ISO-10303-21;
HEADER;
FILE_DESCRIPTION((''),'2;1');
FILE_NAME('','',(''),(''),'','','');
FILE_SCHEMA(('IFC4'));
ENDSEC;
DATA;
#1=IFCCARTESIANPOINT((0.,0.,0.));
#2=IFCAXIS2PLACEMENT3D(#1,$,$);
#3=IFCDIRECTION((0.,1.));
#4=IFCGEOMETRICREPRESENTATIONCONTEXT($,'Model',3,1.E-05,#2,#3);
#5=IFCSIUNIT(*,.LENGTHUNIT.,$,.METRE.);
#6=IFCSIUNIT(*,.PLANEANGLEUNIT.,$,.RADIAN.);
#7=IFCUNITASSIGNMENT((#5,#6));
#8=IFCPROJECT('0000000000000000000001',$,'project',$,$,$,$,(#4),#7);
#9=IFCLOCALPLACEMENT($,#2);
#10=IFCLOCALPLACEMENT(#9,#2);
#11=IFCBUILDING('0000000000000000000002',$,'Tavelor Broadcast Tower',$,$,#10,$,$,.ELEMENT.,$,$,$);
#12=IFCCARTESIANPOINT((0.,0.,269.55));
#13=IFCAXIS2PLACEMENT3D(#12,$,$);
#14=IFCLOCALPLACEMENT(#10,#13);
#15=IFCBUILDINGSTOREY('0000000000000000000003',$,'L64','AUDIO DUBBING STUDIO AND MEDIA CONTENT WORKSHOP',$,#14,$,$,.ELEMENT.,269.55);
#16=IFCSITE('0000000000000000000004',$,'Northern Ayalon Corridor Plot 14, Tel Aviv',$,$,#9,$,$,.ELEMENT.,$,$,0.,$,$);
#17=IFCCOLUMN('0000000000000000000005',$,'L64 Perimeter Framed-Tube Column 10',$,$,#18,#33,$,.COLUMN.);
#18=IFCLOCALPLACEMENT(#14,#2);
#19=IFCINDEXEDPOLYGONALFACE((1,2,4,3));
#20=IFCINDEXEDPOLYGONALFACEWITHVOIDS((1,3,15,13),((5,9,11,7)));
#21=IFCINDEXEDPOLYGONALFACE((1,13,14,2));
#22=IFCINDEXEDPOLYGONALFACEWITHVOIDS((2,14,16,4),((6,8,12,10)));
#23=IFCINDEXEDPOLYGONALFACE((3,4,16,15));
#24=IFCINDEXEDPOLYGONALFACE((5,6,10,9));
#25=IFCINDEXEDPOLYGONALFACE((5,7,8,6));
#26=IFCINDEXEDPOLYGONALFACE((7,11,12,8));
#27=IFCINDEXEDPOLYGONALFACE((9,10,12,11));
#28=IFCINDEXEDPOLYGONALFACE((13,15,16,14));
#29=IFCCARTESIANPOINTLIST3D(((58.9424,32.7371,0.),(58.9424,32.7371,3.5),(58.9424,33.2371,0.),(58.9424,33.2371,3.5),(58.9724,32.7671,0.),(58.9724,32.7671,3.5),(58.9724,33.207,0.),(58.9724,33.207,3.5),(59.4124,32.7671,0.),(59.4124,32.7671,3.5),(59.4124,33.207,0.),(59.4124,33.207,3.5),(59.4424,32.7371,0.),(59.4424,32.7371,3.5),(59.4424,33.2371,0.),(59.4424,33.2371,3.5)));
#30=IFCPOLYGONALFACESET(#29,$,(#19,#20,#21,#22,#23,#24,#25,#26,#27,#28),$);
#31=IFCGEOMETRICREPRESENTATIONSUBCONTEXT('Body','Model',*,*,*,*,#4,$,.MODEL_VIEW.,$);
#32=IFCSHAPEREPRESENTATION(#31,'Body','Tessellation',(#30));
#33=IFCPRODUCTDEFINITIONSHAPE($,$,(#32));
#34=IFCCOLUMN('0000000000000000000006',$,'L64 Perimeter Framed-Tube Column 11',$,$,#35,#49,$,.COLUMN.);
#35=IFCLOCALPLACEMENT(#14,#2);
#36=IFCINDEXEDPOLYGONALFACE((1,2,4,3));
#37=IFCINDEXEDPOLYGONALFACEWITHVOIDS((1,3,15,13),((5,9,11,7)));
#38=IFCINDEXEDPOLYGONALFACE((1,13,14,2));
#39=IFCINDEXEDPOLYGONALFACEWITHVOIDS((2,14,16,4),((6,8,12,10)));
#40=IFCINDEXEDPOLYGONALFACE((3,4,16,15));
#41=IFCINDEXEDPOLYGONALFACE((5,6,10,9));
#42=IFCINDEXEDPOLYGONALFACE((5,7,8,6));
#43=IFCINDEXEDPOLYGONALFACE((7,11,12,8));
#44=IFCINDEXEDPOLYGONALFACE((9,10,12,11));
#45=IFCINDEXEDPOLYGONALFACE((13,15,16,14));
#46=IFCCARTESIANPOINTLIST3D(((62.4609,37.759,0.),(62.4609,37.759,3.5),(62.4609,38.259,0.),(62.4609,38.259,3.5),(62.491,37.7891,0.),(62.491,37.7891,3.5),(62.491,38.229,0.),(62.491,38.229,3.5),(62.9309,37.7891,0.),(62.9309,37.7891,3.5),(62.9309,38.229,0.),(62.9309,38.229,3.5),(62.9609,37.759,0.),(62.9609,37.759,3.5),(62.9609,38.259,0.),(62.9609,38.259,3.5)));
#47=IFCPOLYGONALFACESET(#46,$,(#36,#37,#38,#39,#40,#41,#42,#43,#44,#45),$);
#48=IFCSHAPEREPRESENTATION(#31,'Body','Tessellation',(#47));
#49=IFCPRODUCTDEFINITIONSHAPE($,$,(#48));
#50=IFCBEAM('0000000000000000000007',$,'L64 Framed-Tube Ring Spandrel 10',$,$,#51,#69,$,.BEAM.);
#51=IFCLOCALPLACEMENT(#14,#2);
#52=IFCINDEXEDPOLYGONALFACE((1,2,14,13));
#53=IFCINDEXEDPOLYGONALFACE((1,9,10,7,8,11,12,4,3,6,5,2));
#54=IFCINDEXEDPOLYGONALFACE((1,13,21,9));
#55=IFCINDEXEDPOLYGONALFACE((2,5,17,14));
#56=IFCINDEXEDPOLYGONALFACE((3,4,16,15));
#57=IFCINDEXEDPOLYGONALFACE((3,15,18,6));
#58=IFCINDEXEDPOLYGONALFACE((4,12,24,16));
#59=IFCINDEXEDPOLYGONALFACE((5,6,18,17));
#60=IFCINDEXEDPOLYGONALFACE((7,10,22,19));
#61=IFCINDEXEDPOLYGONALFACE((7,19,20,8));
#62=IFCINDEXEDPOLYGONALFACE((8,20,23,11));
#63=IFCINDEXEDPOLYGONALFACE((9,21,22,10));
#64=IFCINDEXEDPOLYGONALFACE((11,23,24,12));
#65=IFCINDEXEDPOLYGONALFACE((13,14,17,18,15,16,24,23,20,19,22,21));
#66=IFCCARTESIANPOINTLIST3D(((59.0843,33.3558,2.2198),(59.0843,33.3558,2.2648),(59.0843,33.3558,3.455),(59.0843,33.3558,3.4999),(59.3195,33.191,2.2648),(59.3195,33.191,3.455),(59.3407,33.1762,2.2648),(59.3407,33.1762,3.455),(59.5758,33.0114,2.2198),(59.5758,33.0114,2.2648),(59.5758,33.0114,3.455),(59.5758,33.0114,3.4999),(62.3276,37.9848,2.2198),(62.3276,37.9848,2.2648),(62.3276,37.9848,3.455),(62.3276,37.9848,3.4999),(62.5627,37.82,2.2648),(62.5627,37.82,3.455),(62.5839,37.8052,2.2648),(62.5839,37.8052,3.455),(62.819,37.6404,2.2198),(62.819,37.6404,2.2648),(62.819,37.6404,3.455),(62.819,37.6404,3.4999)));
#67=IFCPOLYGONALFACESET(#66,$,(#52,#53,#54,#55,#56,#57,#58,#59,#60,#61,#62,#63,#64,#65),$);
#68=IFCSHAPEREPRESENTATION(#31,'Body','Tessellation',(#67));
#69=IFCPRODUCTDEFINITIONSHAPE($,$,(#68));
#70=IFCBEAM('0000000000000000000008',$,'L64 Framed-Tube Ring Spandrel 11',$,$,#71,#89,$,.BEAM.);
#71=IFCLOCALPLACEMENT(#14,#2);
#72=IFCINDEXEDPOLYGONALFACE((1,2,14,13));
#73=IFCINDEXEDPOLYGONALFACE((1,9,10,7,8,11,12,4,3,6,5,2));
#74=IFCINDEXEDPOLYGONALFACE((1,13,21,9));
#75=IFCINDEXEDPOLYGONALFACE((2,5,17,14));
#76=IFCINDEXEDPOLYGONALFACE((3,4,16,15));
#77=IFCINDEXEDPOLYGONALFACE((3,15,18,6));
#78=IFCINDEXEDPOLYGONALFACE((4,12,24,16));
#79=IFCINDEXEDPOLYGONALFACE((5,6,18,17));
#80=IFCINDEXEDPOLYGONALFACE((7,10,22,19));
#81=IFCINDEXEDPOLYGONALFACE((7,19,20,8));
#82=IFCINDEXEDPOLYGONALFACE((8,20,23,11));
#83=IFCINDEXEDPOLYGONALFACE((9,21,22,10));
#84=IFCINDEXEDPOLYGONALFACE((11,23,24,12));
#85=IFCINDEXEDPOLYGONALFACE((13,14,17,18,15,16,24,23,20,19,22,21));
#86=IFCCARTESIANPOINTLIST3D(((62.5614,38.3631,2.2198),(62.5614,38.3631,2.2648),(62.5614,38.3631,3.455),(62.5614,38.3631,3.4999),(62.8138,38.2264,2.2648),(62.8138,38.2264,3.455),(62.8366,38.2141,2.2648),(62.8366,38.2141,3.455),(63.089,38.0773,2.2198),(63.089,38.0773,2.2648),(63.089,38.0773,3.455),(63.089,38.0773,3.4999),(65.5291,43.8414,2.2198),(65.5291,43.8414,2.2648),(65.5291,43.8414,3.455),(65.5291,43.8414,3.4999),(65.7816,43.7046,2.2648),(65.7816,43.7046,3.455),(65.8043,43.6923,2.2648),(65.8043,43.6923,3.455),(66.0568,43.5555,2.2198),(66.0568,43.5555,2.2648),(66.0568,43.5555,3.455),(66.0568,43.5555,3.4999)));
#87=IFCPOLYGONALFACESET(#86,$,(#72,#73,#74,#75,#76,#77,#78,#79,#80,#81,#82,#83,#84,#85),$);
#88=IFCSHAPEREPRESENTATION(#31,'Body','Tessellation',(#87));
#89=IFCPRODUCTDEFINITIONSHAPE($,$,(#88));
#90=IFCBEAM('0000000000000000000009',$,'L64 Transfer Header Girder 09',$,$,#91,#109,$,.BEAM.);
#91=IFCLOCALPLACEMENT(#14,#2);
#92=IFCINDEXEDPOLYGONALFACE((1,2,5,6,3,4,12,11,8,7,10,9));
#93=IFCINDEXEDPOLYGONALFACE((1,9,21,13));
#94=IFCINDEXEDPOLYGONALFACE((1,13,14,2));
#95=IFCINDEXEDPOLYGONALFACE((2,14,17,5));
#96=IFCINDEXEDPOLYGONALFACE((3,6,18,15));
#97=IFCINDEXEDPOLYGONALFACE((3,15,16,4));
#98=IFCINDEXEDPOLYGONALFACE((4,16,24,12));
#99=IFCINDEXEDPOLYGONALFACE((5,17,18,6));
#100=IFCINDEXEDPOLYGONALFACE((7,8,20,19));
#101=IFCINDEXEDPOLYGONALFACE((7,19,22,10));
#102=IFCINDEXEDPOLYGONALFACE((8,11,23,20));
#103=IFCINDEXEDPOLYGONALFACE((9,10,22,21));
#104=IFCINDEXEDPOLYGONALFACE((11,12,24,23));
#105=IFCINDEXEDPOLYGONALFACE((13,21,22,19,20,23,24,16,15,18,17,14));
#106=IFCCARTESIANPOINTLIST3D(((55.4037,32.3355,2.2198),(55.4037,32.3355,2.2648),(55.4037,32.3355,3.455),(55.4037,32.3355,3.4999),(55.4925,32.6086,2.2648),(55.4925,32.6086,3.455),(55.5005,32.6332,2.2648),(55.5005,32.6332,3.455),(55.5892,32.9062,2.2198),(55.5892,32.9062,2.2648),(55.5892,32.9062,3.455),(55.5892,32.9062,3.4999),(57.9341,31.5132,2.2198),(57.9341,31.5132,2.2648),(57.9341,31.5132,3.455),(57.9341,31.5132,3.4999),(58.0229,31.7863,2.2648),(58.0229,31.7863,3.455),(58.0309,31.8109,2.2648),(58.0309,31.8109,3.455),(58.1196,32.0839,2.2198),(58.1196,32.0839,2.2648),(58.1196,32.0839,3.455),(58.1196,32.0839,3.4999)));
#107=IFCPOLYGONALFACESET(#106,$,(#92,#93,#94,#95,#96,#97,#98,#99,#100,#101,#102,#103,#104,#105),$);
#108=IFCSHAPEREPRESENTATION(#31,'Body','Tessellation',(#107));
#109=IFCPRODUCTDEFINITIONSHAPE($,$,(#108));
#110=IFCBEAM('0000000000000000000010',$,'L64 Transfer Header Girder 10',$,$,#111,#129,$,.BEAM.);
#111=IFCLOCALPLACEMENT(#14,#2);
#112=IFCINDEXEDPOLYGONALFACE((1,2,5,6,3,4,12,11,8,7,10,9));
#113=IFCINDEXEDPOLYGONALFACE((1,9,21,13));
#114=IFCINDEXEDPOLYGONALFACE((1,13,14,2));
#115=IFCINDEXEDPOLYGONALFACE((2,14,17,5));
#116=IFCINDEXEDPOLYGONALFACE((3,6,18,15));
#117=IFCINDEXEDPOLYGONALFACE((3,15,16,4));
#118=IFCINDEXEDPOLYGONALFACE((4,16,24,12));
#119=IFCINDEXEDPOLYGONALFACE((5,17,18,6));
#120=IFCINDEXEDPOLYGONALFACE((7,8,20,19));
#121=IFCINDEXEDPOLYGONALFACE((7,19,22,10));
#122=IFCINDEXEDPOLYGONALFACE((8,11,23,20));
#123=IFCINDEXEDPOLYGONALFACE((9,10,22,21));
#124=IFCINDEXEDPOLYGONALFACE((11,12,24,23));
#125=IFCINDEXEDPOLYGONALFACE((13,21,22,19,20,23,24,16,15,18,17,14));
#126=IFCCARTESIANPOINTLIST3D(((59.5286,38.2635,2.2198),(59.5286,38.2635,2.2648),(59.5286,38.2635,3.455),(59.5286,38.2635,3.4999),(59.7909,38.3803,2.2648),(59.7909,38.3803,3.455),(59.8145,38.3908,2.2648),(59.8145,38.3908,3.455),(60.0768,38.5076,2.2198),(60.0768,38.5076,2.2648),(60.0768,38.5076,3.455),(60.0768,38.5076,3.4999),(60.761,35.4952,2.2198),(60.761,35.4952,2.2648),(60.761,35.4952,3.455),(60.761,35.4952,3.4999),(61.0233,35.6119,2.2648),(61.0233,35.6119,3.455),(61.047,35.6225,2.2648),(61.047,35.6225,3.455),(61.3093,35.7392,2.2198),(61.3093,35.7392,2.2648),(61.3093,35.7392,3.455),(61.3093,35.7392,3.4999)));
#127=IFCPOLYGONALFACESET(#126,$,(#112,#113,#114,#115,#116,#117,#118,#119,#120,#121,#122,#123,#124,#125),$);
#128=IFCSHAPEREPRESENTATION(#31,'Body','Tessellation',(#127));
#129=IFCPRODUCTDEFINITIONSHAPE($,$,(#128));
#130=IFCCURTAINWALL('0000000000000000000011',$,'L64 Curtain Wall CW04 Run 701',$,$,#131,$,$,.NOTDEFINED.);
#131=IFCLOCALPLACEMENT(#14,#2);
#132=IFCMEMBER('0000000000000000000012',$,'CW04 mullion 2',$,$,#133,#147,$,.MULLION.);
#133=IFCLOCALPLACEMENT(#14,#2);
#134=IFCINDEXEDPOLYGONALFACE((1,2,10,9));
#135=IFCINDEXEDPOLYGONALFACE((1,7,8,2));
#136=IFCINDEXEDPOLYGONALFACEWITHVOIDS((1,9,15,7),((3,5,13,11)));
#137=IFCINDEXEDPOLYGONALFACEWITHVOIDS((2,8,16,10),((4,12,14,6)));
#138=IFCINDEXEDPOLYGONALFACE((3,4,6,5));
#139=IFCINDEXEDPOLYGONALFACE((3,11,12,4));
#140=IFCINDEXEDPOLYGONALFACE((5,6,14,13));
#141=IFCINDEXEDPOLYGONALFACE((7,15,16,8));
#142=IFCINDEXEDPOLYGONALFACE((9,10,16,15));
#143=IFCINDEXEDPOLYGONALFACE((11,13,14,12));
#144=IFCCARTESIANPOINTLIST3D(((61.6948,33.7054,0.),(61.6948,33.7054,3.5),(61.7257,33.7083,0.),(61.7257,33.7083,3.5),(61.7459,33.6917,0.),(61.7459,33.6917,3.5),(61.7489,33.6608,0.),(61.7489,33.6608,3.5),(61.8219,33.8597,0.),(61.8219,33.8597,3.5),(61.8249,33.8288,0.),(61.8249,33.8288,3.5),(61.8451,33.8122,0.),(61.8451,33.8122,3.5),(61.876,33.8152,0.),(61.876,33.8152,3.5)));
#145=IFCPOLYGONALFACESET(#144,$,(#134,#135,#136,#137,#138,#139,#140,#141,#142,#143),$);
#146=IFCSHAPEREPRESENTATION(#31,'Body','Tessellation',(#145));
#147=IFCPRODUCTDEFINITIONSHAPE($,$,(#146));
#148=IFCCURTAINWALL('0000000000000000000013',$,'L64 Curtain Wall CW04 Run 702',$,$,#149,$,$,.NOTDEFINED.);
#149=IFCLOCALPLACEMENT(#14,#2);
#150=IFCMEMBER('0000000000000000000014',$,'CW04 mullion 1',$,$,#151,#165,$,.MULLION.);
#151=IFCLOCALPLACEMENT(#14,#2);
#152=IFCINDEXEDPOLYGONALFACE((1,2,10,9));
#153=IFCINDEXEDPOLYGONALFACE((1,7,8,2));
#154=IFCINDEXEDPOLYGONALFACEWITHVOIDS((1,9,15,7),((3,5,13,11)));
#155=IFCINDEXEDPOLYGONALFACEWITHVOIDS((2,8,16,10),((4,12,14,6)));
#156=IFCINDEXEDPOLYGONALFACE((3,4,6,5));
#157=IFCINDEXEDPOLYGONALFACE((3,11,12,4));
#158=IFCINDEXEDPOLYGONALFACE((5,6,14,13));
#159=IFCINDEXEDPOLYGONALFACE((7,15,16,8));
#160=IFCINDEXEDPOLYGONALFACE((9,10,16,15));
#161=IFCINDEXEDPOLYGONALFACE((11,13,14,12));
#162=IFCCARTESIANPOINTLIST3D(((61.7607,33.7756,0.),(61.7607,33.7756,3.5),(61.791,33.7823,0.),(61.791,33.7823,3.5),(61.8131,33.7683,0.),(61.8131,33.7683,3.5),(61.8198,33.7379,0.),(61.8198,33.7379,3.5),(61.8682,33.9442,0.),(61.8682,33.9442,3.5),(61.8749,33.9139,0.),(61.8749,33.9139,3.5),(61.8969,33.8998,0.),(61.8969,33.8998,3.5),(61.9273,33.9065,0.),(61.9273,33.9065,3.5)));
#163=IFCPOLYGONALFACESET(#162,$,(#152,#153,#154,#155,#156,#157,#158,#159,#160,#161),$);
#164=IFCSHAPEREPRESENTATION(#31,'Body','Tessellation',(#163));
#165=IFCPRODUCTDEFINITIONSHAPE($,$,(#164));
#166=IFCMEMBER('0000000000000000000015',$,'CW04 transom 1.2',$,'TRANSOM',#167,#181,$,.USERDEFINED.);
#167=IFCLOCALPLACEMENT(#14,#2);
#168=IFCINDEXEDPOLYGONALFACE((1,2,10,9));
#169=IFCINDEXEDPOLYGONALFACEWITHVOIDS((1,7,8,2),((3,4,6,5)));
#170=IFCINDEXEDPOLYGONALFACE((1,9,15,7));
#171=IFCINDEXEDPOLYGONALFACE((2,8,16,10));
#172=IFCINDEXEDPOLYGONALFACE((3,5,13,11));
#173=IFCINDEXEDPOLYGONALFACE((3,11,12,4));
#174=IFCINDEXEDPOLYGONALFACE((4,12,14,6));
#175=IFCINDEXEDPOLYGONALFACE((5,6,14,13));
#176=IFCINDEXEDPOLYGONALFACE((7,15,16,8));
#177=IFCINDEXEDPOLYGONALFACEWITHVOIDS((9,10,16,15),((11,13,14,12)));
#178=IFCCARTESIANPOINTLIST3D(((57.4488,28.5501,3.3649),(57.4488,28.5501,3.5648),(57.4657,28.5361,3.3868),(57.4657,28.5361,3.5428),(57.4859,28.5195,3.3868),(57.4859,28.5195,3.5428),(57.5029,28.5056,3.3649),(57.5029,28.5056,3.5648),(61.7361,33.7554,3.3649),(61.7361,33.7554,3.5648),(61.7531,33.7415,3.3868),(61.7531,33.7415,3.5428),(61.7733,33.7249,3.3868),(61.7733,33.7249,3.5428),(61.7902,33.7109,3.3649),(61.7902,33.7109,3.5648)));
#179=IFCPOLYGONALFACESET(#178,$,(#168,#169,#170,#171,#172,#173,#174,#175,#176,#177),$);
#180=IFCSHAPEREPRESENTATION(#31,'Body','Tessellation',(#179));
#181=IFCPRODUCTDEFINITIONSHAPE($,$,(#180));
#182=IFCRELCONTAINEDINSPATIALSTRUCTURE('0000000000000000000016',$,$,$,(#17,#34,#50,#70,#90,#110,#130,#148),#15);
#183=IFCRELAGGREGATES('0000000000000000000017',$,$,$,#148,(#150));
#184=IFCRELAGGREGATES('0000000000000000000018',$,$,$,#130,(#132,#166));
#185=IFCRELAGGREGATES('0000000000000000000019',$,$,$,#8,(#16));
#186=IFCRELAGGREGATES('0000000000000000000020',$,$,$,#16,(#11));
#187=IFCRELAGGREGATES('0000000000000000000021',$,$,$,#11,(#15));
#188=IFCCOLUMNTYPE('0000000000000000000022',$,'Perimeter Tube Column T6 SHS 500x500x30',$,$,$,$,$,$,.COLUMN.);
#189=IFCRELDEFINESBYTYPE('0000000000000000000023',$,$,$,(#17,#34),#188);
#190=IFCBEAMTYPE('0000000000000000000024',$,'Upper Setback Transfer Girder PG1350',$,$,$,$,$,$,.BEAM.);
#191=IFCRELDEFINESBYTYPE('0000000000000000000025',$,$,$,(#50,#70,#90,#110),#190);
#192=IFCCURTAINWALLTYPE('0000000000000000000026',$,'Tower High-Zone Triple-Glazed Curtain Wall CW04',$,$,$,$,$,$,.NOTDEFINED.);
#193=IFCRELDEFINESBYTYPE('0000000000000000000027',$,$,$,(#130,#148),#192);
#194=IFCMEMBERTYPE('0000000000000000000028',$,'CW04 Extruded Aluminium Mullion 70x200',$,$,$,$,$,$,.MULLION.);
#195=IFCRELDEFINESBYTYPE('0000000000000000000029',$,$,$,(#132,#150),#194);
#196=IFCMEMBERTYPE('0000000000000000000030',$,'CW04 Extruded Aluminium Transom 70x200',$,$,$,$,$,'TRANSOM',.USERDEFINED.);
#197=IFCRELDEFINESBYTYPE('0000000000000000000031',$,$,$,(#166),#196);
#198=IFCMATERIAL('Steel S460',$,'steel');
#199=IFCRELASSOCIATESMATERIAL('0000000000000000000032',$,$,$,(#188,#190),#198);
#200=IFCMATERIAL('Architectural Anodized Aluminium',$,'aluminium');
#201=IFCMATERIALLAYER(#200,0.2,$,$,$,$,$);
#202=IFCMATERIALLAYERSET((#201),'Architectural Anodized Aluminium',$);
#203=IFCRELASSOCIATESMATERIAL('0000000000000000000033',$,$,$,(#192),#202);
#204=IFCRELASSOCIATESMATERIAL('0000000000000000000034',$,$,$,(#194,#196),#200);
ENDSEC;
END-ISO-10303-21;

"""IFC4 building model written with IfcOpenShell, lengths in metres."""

from ifc_helpers import new_model, si_unit, direction, frame, origin, origin_2d, place, context, subcontext, project, spatial, hollow_rectangle, i_section, extrude, source, transform, mapped, material, layer, layer_set, material_profile, profile_set, type_object, type_shapes, element, aggregate, save


model = new_model("IFC4")

# Units and contexts
model_context = context("Model", 3, precision=1e-05, world=origin(), true_north=direction((0.0, 1.0)))
body_context = subcontext(model_context, "Body", "Model", "MODEL_VIEW")
ifc_project = project(units=[si_unit("LENGTHUNIT", "METRE"), si_unit("PLANEANGLEUNIT", "RADIAN")], contexts=[model_context])

# Site, building, storey
site_placement = place(None, origin())
site = spatial("IfcSite", under=ifc_project, at=site_placement, Name="Northern Ayalon Corridor Plot 14, Tel Aviv", CompositionType="ELEMENT", RefElevation=0.0)
building_placement = place(site_placement, origin())
building = spatial("IfcBuilding", under=site, at=building_placement, Name="Tavelor Broadcast Tower", CompositionType="ELEMENT")
storey_placement = place(building_placement, frame((0.0, 0.0, 269.55)))
storey = spatial("IfcBuildingStorey", under=building, at=storey_placement, Name="L64", Description="AUDIO DUBBING STUDIO AND MEDIA CONTENT WORKSHOP", CompositionType="ELEMENT", Elevation=269.55)

# Columns
ifc_material_1 = material(Name="Steel S460", Category="steel")
ifc_material_profile_1 = material_profile(ifc_material_1, hollow_rectangle(XDim=0.5, YDim=0.5, WallThickness=0.03, at=origin_2d()), Name="SHS 500x500x30")
ifc_profile_set_1 = profile_set([ifc_material_profile_1], Name="Steel S460")
column_type = type_object("IfcColumnType", Name="Perimeter Tube Column T6 SHS 500x500x30", PredefinedType="COLUMN", material=ifc_profile_set_1)
for number, where, z_axis, x_axis, name in (
    (1, (59.1924, 32.9871, 0.0), (0.0, 0.0, 1.0), (1.0, 0.0, 0.0), "L64 Perimeter Framed-Tube Column 10"),
    (2, (62.7109, 38.009, 0.0), (0.0, 0.0, 1.0), (1.0, 0.0, 0.0), "L64 Perimeter Framed-Tube Column 11"),
):
    element("IfcColumn", number, at=place(storey_placement, frame(where, z_axis=z_axis, x_axis=x_axis)), inside=storey, type_object=column_type, Name=name, PredefinedType="COLUMN", context=body_context, shape_type="SweptSolid", body=[
        extrude(hollow_rectangle(XDim=0.5, YDim=0.5, WallThickness=0.03, at=origin_2d()), origin(), (0.0, 0.0, 1.0), 3.5),
    ])

# Beams
ifc_material_profile_2 = material_profile(ifc_material_1, i_section(OverallWidth=0.6001, OverallDepth=1.28, WebThickness=0.0259, FlangeThickness=0.0449, at=origin_2d()), Name="PG 1280x600")
ifc_profile_set_2 = profile_set([ifc_material_profile_2], Name="Steel S460")
beam_type = type_object("IfcBeamType", Name="Upper Setback Transfer Girder PG1350", PredefinedType="BEAM", material=ifc_profile_set_2)
beam_1_placement = place(storey_placement, frame((59.3301, 33.1836, 2.8599), z_axis=(0.57381, 0.818988, 0.0), x_axis=(-0.818988, 0.57381, 0.0)))
element("IfcBeam", 3, at=beam_1_placement, inside=storey, type_object=beam_type, Name="L64 Framed-Tube Ring Spandrel 10", PredefinedType="BEAM", context=body_context, shape_type="SweptSolid", body=[
    extrude(i_section(OverallWidth=0.6001, OverallDepth=1.28, WebThickness=0.0259, FlangeThickness=0.0449, at=origin_2d()), origin(), (0.0, 0.0, 1.0), 5.6521),
])
beam_2_placement = place(storey_placement, frame((62.8252, 38.2202, 2.8599), z_axis=(0.47633, 0.879267, 0.0), x_axis=(-0.879267, 0.47633, 0.0)))
element("IfcBeam", 4, at=beam_2_placement, inside=storey, type_object=beam_type, Name="L64 Framed-Tube Ring Spandrel 11", PredefinedType="BEAM", context=body_context, shape_type="SweptSolid", body=[
    extrude(i_section(OverallWidth=0.6001, OverallDepth=1.28, WebThickness=0.0259, FlangeThickness=0.0449, at=origin_2d()), origin(), (0.0, 0.0, 1.0), 6.2305),
])
beam_3_placement = place(storey_placement, frame((58.0269, 31.7986, 2.8599), z_axis=(-0.951042, 0.309061, 0.0), x_axis=(-0.309061, -0.951042, 0.0)))
element("IfcBeam", 5, at=beam_3_placement, inside=storey, type_object=beam_type, Name="L64 Transfer Header Girder 09", PredefinedType="BEAM", context=body_context, shape_type="SweptSolid", body=[
    extrude(i_section(OverallWidth=0.6001, OverallDepth=1.28, WebThickness=0.0259, FlangeThickness=0.0449, at=origin_2d()), origin(), (0.0, 0.0, 1.0), 2.6606),
])
beam_4_placement = place(storey_placement, frame((61.0352, 35.6172, 2.8599), z_axis=(-0.406707, 0.913559, 0.0), x_axis=(-0.913559, -0.406707, 0.0)))
element("IfcBeam", 6, at=beam_4_placement, inside=storey, type_object=beam_type, Name="L64 Transfer Header Girder 10", PredefinedType="BEAM", context=body_context, shape_type="SweptSolid", body=[
    extrude(i_section(OverallWidth=0.6001, OverallDepth=1.28, WebThickness=0.0259, FlangeThickness=0.0449, at=origin_2d()), origin(), (0.0, 0.0, 1.0), 3.0303),
])

# Curtain walls, members
ifc_material_2 = material(Name="Architectural Anodized Aluminium", Category="aluminium")
ifc_layer_1 = layer(ifc_material_2, 0.2)
ifc_layer_set_1 = layer_set([ifc_layer_1], Name="Architectural Anodized Aluminium")
curtain_wall_type = type_object("IfcCurtainWallType", Name="Tower High-Zone Triple-Glazed Curtain Wall CW04", PredefinedType="NOTDEFINED", material=ifc_layer_set_1)
curtain_wall_1_placement = place(storey_placement, origin())
curtain_wall_1 = element("IfcCurtainWall", 7, at=curtain_wall_1_placement, inside=storey, type_object=curtain_wall_type, Name="L64 Curtain Wall CW04 Run 701", PredefinedType="NOTDEFINED")
ifc_material_profile_3 = material_profile(ifc_material_2, hollow_rectangle(XDim=0.0701, YDim=0.2, WallThickness=0.022, at=origin_2d()), Name="RHS 70x200x22")
ifc_profile_set_3 = profile_set([ifc_material_profile_3], Name="Architectural Anodized Aluminium")
member_type_1 = type_object("IfcMemberType", Name="CW04 Extruded Aluminium Mullion 70x200", PredefinedType="MULLION", material=ifc_profile_set_3)
shared_shape_1 = source(origin(), body_context, "Body", "SweptSolid", [
    extrude(hollow_rectangle(XDim=0.0701, YDim=0.2, WallThickness=0.022, at=origin_2d()), origin(), (0.0, 0.0, 1.0), 3.5),
])
type_shapes(member_type_1, [shared_shape_1])
member_1_placement = place(storey_placement, frame((61.7854, 33.7603, 0.0), z_axis=(0.0, 0.0, 1.0), x_axis=(-0.771898, 0.635747, 0.0)))
member_1 = element("IfcMember", 8, at=member_1_placement, type_object=member_type_1, Name="CW04 mullion 2", PredefinedType="MULLION", context=body_context, shape_type="MappedRepresentation", body=[
    mapped(shared_shape_1, transform((0.0, 0.0, 0.0), scale=1.0)),
])
curtain_wall_2_placement = place(storey_placement, origin())
curtain_wall_2 = element("IfcCurtainWall", 9, at=curtain_wall_2_placement, inside=storey, type_object=curtain_wall_type, Name="L64 Curtain Wall CW04 Run 702", PredefinedType="NOTDEFINED")
member_2_placement = place(storey_placement, frame((61.844, 33.8411, 0.0), z_axis=(0.0, 0.0, 1.0), x_axis=(-0.843161, 0.537662, 0.0)))
member_2 = element("IfcMember", 10, at=member_2_placement, type_object=member_type_1, Name="CW04 mullion 1", PredefinedType="MULLION", context=body_context, shape_type="MappedRepresentation", body=[
    mapped(shared_shape_1, transform((0.0, 0.0, 0.0), scale=1.0)),
])

# Member
ifc_material_profile_4 = material_profile(ifc_material_2, hollow_rectangle(XDim=0.0701, YDim=0.2, WallThickness=0.022, at=origin_2d()), Name="RHS 70x200x22")
ifc_profile_set_4 = profile_set([ifc_material_profile_4], Name="Architectural Anodized Aluminium")
member_type_2 = type_object("IfcMemberType", Name="CW04 Extruded Aluminium Transom 70x200", ElementType="TRANSOM", PredefinedType="USERDEFINED", material=ifc_profile_set_4)
shared_shape_2 = source(origin(), body_context, "Body", "SweptSolid", [
    extrude(hollow_rectangle(XDim=0.0701, YDim=0.2, WallThickness=0.022, at=origin_2d()), origin(), (0.0, 0.0, 1.0), 6.7437),
])
member_3_placement = place(storey_placement, frame((57.4758, 28.5278, 3.4648), z_axis=(0.635762, 0.771885, 0.0), x_axis=(-0.771885, 0.635762, 0.0)))
member_3 = element("IfcMember", 11, at=member_3_placement, type_object=member_type_2, Name="CW04 transom 1.2", ObjectType="TRANSOM", PredefinedType="USERDEFINED", context=body_context, shape_type="MappedRepresentation", body=[
    mapped(shared_shape_2, transform((0.0, 0.0, 0.0), scale=1.0)),
])

aggregate(curtain_wall_2, [member_2])
aggregate(curtain_wall_1, [member_1, member_3])

save(model, "model.ifc")
